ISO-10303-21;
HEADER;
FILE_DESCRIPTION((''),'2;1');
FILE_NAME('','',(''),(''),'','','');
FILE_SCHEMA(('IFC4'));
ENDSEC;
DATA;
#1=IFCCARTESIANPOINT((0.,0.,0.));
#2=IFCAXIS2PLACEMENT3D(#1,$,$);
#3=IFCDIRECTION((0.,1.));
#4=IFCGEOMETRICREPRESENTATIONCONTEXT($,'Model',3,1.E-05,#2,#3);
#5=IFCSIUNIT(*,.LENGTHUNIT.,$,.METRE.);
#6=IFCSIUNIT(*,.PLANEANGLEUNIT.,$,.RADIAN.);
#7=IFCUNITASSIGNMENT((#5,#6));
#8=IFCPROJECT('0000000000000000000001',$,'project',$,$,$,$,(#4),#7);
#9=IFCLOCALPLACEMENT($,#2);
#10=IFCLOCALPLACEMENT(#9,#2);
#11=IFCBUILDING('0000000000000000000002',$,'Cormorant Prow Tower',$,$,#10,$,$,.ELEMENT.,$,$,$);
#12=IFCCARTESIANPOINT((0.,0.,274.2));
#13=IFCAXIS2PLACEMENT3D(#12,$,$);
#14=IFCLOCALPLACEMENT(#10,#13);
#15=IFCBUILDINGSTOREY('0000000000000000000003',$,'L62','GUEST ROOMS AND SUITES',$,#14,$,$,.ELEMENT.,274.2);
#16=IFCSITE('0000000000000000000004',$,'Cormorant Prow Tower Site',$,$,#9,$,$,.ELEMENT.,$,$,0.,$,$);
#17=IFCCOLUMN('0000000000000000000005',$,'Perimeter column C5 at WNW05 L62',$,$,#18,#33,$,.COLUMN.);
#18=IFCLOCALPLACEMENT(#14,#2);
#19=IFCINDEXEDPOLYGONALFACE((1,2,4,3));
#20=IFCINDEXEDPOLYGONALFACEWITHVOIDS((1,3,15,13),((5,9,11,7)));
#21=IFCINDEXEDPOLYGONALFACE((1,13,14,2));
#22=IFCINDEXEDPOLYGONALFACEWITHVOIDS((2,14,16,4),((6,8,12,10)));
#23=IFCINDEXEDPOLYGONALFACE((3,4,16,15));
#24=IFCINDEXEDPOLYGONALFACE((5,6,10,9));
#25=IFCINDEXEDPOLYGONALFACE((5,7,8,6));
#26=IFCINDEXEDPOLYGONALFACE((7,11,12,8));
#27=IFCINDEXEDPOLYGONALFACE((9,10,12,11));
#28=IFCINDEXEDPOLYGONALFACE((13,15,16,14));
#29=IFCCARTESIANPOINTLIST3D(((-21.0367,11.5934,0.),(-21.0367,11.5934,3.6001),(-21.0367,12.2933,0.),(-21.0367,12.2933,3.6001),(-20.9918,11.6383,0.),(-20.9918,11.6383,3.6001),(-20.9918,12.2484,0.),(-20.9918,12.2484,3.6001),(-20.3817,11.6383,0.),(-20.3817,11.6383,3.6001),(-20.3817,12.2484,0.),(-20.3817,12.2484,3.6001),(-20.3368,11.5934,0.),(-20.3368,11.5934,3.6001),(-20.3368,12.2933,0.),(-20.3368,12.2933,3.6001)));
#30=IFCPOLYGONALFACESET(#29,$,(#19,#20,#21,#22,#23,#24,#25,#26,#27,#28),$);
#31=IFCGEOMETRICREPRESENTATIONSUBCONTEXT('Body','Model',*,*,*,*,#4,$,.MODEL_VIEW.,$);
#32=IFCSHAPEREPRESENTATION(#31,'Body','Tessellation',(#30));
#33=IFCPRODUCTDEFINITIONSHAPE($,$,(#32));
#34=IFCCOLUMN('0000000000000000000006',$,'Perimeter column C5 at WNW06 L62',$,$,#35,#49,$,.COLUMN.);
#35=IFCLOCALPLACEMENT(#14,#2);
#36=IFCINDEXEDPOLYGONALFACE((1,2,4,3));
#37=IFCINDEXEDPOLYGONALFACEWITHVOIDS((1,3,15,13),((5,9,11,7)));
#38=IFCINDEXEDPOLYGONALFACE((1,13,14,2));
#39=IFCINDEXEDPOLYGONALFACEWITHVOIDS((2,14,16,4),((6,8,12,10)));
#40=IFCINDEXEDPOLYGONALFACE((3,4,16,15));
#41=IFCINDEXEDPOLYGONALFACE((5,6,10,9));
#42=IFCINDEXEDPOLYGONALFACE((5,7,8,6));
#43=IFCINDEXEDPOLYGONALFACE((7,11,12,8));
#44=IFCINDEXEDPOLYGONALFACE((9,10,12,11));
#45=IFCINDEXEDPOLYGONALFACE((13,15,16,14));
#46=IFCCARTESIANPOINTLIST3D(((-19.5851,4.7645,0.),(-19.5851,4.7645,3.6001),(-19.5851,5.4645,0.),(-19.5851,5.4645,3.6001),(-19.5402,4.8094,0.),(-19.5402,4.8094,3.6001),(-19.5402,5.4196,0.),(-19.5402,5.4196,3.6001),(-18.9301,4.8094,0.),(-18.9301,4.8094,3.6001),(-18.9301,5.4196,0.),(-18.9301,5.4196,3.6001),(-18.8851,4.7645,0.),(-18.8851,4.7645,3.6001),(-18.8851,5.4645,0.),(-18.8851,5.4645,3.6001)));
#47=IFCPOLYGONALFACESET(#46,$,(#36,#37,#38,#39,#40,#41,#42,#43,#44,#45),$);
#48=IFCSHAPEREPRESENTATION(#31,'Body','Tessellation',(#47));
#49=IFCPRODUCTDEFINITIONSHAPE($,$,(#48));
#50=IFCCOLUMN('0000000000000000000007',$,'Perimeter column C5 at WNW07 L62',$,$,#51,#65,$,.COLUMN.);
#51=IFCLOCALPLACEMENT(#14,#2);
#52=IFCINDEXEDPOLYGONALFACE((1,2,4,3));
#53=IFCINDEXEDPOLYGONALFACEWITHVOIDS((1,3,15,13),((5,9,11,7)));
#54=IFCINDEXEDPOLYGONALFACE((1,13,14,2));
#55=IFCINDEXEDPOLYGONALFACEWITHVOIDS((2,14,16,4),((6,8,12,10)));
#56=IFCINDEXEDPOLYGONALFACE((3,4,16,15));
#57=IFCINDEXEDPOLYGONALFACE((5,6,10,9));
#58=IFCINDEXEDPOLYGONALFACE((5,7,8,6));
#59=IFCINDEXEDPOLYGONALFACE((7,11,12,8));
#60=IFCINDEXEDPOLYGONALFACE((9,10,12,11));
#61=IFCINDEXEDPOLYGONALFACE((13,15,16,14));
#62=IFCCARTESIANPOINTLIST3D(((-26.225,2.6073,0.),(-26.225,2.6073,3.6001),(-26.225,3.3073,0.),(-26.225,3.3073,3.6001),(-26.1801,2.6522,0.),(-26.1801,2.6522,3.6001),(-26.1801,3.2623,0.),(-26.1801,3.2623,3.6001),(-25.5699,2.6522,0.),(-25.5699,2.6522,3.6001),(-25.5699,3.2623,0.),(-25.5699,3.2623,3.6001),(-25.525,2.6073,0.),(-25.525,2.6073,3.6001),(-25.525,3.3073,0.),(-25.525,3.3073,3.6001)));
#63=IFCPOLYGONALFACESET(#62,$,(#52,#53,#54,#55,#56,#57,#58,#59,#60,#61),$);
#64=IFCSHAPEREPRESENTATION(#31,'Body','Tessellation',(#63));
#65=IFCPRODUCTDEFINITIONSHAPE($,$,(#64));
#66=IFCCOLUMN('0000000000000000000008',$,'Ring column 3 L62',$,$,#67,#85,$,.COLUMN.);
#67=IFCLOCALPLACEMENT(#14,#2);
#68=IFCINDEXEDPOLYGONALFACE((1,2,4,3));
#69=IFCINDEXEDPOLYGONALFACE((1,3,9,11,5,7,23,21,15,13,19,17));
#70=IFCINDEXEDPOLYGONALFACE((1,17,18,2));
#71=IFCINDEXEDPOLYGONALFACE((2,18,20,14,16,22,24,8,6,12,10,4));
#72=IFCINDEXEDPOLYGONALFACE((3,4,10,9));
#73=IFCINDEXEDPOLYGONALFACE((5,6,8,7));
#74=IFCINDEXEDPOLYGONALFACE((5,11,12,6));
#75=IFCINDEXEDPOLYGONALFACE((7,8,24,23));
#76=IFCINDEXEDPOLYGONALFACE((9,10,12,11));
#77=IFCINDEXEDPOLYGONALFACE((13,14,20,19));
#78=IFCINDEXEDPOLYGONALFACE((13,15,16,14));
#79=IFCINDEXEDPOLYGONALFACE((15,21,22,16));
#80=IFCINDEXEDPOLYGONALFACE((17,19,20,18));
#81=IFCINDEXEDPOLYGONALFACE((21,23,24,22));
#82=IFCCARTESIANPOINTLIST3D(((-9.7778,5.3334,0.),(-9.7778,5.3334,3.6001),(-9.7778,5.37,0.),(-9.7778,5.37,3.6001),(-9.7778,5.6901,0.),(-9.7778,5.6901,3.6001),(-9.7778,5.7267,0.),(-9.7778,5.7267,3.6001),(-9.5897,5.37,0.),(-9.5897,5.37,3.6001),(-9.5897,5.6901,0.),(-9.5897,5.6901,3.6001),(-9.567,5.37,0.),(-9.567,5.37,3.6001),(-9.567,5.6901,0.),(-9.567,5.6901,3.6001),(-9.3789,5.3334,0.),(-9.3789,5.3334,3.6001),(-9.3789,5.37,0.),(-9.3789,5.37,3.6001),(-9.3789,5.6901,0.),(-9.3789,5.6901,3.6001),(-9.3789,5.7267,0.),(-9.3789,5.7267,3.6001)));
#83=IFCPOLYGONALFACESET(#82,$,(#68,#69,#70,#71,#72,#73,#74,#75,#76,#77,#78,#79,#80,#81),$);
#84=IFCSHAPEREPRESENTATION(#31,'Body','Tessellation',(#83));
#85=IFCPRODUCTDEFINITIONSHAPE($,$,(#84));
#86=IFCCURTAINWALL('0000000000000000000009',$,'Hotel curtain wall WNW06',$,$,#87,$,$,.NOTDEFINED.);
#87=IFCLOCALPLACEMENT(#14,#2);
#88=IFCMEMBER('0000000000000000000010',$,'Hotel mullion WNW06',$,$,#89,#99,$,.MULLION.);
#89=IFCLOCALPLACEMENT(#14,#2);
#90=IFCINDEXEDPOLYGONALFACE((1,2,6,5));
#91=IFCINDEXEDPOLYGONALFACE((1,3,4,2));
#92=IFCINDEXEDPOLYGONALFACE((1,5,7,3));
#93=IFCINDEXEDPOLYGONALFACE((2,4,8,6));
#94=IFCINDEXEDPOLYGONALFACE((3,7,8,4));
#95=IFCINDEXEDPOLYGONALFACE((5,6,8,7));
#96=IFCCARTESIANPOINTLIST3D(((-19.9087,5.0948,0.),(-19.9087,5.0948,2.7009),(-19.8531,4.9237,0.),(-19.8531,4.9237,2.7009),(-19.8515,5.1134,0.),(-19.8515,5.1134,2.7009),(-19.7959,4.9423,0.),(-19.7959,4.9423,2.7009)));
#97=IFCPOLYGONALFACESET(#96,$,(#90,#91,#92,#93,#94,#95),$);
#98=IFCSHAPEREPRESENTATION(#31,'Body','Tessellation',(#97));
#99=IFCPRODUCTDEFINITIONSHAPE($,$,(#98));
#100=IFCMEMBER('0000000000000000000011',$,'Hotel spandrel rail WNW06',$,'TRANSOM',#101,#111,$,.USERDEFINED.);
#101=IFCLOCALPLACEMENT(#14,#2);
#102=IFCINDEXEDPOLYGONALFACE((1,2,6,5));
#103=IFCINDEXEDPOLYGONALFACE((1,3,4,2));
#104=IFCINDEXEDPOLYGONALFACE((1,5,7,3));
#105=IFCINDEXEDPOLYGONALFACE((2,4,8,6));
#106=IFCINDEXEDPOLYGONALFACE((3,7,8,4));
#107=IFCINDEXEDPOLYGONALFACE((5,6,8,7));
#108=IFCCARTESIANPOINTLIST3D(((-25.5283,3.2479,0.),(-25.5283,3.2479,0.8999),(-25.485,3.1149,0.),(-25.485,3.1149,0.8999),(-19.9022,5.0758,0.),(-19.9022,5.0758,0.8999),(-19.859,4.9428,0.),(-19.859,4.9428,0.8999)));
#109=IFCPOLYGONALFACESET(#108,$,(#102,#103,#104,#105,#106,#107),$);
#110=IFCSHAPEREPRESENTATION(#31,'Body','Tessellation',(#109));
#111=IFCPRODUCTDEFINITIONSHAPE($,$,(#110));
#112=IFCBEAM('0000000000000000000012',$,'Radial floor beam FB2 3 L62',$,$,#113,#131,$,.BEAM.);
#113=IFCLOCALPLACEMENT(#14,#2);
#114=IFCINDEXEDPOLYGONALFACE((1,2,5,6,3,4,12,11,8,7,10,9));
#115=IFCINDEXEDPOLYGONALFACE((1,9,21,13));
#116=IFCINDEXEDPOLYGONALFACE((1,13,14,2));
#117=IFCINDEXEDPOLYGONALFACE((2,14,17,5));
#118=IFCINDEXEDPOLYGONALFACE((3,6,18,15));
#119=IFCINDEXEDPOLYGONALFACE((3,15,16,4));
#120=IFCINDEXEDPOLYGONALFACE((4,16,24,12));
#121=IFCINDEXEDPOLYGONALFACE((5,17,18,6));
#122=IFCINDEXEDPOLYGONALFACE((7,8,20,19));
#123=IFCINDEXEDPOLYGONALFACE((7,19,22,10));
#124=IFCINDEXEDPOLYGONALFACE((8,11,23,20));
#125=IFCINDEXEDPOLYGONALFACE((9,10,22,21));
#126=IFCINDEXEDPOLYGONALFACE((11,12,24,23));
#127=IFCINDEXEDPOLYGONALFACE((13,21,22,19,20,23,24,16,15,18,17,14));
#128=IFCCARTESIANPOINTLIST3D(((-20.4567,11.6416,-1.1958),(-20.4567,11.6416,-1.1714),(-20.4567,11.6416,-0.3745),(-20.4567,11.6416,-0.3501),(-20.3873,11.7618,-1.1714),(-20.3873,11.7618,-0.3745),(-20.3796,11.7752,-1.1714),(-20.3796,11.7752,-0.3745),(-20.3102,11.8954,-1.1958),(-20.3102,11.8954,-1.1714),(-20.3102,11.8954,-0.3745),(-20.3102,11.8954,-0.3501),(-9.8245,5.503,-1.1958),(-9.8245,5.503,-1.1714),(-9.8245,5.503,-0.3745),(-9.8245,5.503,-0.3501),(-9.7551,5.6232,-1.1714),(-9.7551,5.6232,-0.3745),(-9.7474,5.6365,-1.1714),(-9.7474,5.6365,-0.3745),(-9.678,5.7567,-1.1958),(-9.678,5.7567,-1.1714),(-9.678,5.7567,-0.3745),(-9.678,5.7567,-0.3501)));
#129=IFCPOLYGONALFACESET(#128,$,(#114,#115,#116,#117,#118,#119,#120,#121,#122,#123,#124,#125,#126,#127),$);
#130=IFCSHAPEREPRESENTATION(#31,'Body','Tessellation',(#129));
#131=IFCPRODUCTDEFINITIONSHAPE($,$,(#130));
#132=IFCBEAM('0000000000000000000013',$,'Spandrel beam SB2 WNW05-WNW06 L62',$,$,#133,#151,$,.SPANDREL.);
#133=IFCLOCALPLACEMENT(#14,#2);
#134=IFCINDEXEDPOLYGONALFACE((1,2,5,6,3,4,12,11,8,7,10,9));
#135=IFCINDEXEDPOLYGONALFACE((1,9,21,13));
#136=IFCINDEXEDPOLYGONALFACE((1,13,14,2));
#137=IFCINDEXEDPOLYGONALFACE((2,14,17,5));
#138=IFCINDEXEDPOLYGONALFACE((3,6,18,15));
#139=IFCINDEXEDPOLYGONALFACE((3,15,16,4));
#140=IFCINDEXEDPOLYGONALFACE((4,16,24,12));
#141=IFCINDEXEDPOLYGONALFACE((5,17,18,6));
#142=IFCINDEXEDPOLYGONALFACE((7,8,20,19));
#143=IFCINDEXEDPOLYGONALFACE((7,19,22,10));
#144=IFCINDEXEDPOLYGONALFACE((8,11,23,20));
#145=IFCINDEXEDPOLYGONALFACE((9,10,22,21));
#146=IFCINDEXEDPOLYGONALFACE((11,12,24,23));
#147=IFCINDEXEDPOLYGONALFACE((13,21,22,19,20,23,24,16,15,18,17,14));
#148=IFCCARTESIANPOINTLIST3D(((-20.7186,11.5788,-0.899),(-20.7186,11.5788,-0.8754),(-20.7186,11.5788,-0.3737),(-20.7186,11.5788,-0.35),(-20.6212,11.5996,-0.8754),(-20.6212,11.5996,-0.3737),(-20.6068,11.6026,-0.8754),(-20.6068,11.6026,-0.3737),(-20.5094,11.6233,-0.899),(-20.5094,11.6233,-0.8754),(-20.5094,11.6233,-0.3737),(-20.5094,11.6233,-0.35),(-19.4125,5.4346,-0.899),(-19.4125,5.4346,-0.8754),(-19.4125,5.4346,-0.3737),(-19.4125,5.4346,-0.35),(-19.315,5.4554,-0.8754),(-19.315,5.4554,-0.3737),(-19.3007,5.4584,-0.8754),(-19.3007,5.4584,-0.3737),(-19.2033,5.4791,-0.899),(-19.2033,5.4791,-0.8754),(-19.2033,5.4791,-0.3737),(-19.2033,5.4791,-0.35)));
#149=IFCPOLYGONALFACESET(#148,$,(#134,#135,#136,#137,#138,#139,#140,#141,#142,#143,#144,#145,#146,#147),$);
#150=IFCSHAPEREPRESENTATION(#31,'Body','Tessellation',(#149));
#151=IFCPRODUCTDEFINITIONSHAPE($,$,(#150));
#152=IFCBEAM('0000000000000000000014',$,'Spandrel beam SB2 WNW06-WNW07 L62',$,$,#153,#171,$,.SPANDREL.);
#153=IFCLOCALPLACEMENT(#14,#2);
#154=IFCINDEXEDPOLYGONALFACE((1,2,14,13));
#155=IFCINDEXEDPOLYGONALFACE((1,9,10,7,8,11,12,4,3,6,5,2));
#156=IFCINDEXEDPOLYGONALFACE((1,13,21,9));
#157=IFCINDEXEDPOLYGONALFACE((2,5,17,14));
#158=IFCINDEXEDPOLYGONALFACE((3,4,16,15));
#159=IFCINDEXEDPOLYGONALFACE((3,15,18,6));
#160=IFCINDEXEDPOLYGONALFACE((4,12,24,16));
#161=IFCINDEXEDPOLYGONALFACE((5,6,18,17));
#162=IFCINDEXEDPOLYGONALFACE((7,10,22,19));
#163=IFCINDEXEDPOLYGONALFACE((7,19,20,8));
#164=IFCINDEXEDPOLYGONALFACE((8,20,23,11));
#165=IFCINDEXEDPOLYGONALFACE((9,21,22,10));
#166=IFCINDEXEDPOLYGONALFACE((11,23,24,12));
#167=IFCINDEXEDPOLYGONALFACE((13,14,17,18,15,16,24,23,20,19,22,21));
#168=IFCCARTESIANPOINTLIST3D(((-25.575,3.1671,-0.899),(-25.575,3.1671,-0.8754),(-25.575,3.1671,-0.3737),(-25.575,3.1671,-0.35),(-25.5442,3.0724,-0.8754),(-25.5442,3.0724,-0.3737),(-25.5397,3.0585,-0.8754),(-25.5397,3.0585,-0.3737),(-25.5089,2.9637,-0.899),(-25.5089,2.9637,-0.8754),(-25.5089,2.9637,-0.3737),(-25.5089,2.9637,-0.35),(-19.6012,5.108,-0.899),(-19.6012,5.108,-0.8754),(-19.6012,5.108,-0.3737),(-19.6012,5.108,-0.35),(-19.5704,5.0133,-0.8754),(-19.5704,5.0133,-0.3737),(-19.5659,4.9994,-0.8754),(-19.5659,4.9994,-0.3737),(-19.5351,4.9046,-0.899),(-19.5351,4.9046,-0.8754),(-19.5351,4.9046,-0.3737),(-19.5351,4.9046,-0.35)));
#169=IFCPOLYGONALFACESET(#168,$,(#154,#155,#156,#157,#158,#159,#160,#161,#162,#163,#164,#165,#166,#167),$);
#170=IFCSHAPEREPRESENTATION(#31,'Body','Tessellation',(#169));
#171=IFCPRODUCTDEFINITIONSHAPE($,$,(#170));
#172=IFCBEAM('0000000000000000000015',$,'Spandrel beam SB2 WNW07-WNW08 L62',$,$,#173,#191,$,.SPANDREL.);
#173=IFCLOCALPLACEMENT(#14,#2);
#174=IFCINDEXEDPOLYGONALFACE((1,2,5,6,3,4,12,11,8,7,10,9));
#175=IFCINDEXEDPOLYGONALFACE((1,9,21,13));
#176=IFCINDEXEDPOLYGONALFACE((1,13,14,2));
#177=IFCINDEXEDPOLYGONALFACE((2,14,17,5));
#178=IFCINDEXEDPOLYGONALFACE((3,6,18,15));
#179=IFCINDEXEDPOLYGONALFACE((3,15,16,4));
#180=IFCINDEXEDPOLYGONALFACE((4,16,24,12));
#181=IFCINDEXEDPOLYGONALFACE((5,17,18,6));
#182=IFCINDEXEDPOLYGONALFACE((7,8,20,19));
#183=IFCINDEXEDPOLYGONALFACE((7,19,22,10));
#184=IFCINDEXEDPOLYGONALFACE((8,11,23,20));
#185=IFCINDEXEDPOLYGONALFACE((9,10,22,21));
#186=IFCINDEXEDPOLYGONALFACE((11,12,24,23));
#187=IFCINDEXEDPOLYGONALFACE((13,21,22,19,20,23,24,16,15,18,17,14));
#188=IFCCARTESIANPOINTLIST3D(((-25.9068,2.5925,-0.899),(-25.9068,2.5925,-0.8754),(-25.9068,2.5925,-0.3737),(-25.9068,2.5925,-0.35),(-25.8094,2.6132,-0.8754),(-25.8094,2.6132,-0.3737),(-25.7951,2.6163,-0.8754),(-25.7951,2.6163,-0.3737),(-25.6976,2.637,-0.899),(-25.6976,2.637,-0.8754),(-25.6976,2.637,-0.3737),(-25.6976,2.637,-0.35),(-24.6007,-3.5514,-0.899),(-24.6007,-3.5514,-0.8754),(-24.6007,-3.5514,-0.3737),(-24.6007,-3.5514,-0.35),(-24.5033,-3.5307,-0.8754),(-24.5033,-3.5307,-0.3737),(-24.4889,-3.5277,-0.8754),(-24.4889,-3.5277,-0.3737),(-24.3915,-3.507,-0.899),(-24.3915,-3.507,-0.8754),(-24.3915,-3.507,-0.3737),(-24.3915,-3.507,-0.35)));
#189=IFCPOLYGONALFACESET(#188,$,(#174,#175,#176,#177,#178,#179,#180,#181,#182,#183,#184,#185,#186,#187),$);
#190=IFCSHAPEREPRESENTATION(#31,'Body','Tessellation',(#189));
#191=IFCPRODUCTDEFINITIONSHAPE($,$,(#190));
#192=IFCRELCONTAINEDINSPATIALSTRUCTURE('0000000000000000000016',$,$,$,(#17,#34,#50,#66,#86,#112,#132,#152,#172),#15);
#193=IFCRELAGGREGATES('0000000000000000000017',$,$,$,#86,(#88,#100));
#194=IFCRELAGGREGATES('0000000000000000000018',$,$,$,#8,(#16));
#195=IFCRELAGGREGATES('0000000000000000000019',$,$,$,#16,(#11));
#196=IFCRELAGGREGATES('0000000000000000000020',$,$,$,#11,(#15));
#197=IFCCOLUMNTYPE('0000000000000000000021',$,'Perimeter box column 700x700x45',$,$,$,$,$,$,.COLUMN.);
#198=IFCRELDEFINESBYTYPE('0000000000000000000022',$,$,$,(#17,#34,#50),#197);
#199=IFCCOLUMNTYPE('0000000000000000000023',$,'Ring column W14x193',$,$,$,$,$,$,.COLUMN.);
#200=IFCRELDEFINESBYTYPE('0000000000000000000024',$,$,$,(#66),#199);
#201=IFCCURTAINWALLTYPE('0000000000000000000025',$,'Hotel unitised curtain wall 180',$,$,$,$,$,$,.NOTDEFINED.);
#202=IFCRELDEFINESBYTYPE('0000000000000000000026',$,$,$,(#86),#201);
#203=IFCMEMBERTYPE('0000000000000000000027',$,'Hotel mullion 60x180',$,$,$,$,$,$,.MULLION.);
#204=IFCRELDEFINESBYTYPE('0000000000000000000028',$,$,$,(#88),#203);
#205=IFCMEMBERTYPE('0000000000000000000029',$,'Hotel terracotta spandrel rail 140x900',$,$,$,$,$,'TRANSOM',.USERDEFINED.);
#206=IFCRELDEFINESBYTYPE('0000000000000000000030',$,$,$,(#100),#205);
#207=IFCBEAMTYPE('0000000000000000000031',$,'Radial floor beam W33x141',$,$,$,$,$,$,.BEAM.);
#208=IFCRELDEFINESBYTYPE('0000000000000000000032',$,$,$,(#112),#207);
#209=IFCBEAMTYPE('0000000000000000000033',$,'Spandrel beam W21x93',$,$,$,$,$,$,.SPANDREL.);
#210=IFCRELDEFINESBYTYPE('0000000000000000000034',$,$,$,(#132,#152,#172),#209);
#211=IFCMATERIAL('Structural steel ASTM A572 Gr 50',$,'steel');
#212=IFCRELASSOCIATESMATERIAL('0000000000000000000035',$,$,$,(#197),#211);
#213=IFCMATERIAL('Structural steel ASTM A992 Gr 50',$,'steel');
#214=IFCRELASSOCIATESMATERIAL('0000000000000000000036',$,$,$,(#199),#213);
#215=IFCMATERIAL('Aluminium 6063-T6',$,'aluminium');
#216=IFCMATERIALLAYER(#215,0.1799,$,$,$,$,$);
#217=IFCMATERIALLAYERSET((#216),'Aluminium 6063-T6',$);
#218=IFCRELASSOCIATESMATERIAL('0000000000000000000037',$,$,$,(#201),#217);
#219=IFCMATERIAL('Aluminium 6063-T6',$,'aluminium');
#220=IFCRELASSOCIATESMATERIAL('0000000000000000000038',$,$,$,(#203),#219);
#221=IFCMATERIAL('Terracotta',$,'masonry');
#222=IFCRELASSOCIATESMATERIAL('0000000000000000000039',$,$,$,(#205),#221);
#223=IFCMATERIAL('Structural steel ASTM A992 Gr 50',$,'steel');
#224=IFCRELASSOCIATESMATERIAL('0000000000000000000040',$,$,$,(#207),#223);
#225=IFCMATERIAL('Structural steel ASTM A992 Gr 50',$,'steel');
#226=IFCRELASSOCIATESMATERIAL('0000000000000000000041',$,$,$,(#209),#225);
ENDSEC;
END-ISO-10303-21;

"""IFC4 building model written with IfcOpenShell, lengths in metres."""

from ifc_helpers import new_model, si_unit, direction, frame, origin, origin_2d, place, context, subcontext, project, spatial, rectangle, hollow_rectangle, i_section, extrude, material, layer, layer_set, material_profile, profile_set, type_object, element, aggregate, save


model = new_model("IFC4")

# Units and contexts
model_context = context("Model", 3, precision=1e-05, world=origin(), true_north=direction((0.0, 1.0)))
body_context = subcontext(model_context, "Body", "Model", "MODEL_VIEW")
ifc_project = project(units=[si_unit("LENGTHUNIT", "METRE"), si_unit("PLANEANGLEUNIT", "RADIAN")], contexts=[model_context])

# Site, building, storey
site_placement = place(None, origin())
site = spatial("IfcSite", under=ifc_project, at=site_placement, Name="Cormorant Prow Tower Site", CompositionType="ELEMENT", RefElevation=0.0)
building_placement = place(site_placement, origin())
building = spatial("IfcBuilding", under=site, at=building_placement, Name="Cormorant Prow Tower", CompositionType="ELEMENT")
storey_placement = place(building_placement, frame((0.0, 0.0, 274.2)))
storey = spatial("IfcBuildingStorey", under=building, at=storey_placement, Name="L62", Description="GUEST ROOMS AND SUITES", CompositionType="ELEMENT", Elevation=274.2)

# Columns
ifc_material_1 = material(Name="Structural steel ASTM A572 Gr 50", Category="steel")
ifc_material_profile_1 = material_profile(ifc_material_1, hollow_rectangle(XDim=0.7, YDim=0.7, WallThickness=0.0449, at=origin_2d()), Name="Box 700x700x45")
ifc_profile_set_1 = profile_set([ifc_material_profile_1], Name="Structural steel ASTM A572 Gr 50")
column_type_1 = type_object("IfcColumnType", Name="Perimeter box column 700x700x45", PredefinedType="COLUMN", material=ifc_profile_set_1)
for number, where, z_axis, x_axis, name in (
    (1, (-20.6868, 11.9434, 0.0), (0.0, 0.0, 1.0), (1.0, 0.0, 0.0), "Perimeter column C5 at WNW05 L62"),
    (2, (-19.2351, 5.1145, 0.0), (0.0, 0.0, 1.0), (1.0, 0.0, 0.0), "Perimeter column C5 at WNW06 L62"),
    (3, (-25.875, 2.9573, 0.0), (0.0, 0.0, 1.0), (1.0, 0.0, 0.0), "Perimeter column C5 at WNW07 L62"),
):
    element("IfcColumn", number, at=place(storey_placement, frame(where, z_axis=z_axis, x_axis=x_axis)), inside=storey, type_object=column_type_1, Name=name, PredefinedType="COLUMN", context=body_context, shape_type="SweptSolid", body=[
        extrude(hollow_rectangle(XDim=0.7, YDim=0.7, WallThickness=0.0449, at=origin_2d()), origin(), (0.0, 0.0, 1.0), 3.6001),
    ])
ifc_material_2 = material(Name="Structural steel ASTM A992 Gr 50", Category="steel")
ifc_material_profile_2 = material_profile(ifc_material_2, i_section(OverallWidth=0.3989, OverallDepth=0.3933, WebThickness=0.0227, FlangeThickness=0.0366, at=origin_2d()), Name="W14x193")
ifc_profile_set_2 = profile_set([ifc_material_profile_2], Name="Structural steel ASTM A992 Gr 50")
column_type_2 = type_object("IfcColumnType", Name="Ring column W14x193", PredefinedType="COLUMN", material=ifc_profile_set_2)
column_placement = place(storey_placement, frame((-9.5784, 5.53, 0.0), z_axis=(0.0, 0.0, 1.0), x_axis=(1.0, 0.0, 0.0)))
element("IfcColumn", 4, at=column_placement, inside=storey, type_object=column_type_2, Name="Ring column 3 L62", PredefinedType="COLUMN", context=body_context, shape_type="SweptSolid", body=[
    extrude(i_section(OverallWidth=0.3989, OverallDepth=0.3933, WebThickness=0.0227, FlangeThickness=0.0366, at=origin_2d()), origin(), (0.0, 0.0, 1.0), 3.6001),
])

# Curtain wall, members
ifc_material_3 = material(Name="Aluminium 6063-T6", Category="aluminium")
ifc_layer_1 = layer(ifc_material_3, 0.1799)
ifc_layer_set_1 = layer_set([ifc_layer_1], Name="Aluminium 6063-T6")
curtain_wall_type = type_object("IfcCurtainWallType", Name="Hotel unitised curtain wall 180", PredefinedType="NOTDEFINED", material=ifc_layer_set_1)
curtain_wall_1_placement = place(storey_placement, origin())
curtain_wall_1 = element("IfcCurtainWall", 5, at=curtain_wall_1_placement, inside=storey, type_object=curtain_wall_type, Name="Hotel curtain wall WNW06", PredefinedType="NOTDEFINED")
ifc_material_4 = material(Name="Aluminium 6063-T6", Category="aluminium")
ifc_material_profile_3 = material_profile(ifc_material_4, rectangle(XDim=0.1799, YDim=0.0601, at=origin_2d()), Name="Hotel mullion 60x180")
ifc_profile_set_3 = profile_set([ifc_material_profile_3], Name="Aluminium 6063-T6")
member_type_1 = type_object("IfcMemberType", Name="Hotel mullion 60x180", PredefinedType="MULLION", material=ifc_profile_set_3)
member_1_placement = place(storey_placement, frame((-19.8523, 5.0186, 0.0), z_axis=(0.0, 0.0, 1.0), x_axis=(0.309017, -0.951057, 0.0)))
member_1 = element("IfcMember", 6, at=member_1_placement, type_object=member_type_1, Name="Hotel mullion WNW06", PredefinedType="MULLION", context=body_context, shape_type="SweptSolid", body=[
    extrude(rectangle(XDim=0.1799, YDim=0.0601, at=origin_2d()), origin(), (0.0, 0.0, 1.0), 2.7009),
])
ifc_material_5 = material(Name="Terracotta", Category="masonry")
ifc_material_profile_4 = material_profile(ifc_material_5, rectangle(XDim=0.1399, YDim=0.8999, at=origin_2d()), Name="Hotel terracotta spandrel rail 140x900")
ifc_profile_set_4 = profile_set([ifc_material_profile_4], Name="Terracotta")
member_type_2 = type_object("IfcMemberType", Name="Hotel terracotta spandrel rail 140x900", ElementType="TRANSOM", PredefinedType="USERDEFINED", material=ifc_profile_set_4)
member_2_placement = place(storey_placement, frame((-19.8806, 5.0093, 0.45), z_axis=(-0.951062, -0.309, 0.0), x_axis=(0.309, -0.951062, 0.0)))
member_2 = element("IfcMember", 7, at=member_2_placement, type_object=member_type_2, Name="Hotel spandrel rail WNW06", ObjectType="TRANSOM", PredefinedType="USERDEFINED", context=body_context, shape_type="SweptSolid", body=[
    extrude(rectangle(XDim=0.1399, YDim=0.8999, at=origin_2d()), origin(), (0.0, 0.0, 1.0), 5.9155),
])

# Beams
ifc_material_6 = material(Name="Structural steel ASTM A992 Gr 50", Category="steel")
ifc_material_profile_5 = material_profile(ifc_material_6, i_section(OverallWidth=0.293, OverallDepth=0.8457, WebThickness=0.0154, FlangeThickness=0.0244, at=origin_2d()), Name="W33x141")
ifc_profile_set_5 = profile_set([ifc_material_profile_5], Name="Structural steel ASTM A992 Gr 50")
beam_type_1 = type_object("IfcBeamType", Name="Radial floor beam W33x141", PredefinedType="BEAM", material=ifc_profile_set_5)
beam_1_placement = place(storey_placement, frame((-9.7512, 5.6299, -0.7729), z_axis=(-0.866022, 0.500006, 0.0), x_axis=(-0.500006, -0.866022, 0.0)))
element("IfcBeam", 8, at=beam_1_placement, inside=storey, type_object=beam_type_1, Name="Radial floor beam FB2 3 L62", PredefinedType="BEAM", context=body_context, shape_type="SweptSolid", body=[
    extrude(i_section(OverallWidth=0.293, OverallDepth=0.8457, WebThickness=0.0154, FlangeThickness=0.0244, at=origin_2d()), origin(), (0.0, 0.0, 1.0), 12.2771),
])
ifc_material_7 = material(Name="Structural steel ASTM A992 Gr 50", Category="steel")
ifc_material_profile_6 = material_profile(ifc_material_7, i_section(OverallWidth=0.2139, OverallDepth=0.5491, WebThickness=0.0146, FlangeThickness=0.0237, at=origin_2d()), Name="W21x93")
ifc_profile_set_6 = profile_set([ifc_material_profile_6], Name="Structural steel ASTM A992 Gr 50")
beam_type_2 = type_object("IfcBeamType", Name="Spandrel beam W21x93", PredefinedType="SPANDREL", material=ifc_profile_set_6)
beam_2_placement = place(storey_placement, frame((-20.614, 11.6011, -0.6245), z_axis=(0.207934, -0.978143, 0.0), x_axis=(0.978143, 0.207934, 0.0)))
element("IfcBeam", 9, at=beam_2_placement, inside=storey, type_object=beam_type_2, Name="Spandrel beam SB2 WNW05-WNW06 L62", PredefinedType="SPANDREL", context=body_context, shape_type="SweptSolid", body=[
    extrude(i_section(OverallWidth=0.2139, OverallDepth=0.5491, WebThickness=0.0146, FlangeThickness=0.0237, at=origin_2d()), origin(), (0.0, 0.0, 1.0), 6.2815),
])
for number, where, z_axis, x_axis, name in (
    (10, (-19.5681, 5.0063, -0.6245), (-0.951062, -0.309001, 0.0), (0.309001, -0.951062, 0.0), "Spandrel beam SB2 WNW06-WNW07 L62"),
    (11, (-25.8022, 2.6147, -0.6245), (0.207941, -0.978141, 0.0), (0.978141, 0.207941, 0.0), "Spandrel beam SB2 WNW07-WNW08 L62"),
):
    element("IfcBeam", number, at=place(storey_placement, frame(where, z_axis=z_axis, x_axis=x_axis)), inside=storey, type_object=beam_type_2, Name=name, PredefinedType="SPANDREL", context=body_context, shape_type="SweptSolid", body=[
        extrude(i_section(OverallWidth=0.2139, OverallDepth=0.5491, WebThickness=0.0146, FlangeThickness=0.0237, at=origin_2d()), origin(), (0.0, 0.0, 1.0), 6.2812),
    ])

aggregate(curtain_wall_1, [member_1, member_2])

save(model, "model.ifc")
